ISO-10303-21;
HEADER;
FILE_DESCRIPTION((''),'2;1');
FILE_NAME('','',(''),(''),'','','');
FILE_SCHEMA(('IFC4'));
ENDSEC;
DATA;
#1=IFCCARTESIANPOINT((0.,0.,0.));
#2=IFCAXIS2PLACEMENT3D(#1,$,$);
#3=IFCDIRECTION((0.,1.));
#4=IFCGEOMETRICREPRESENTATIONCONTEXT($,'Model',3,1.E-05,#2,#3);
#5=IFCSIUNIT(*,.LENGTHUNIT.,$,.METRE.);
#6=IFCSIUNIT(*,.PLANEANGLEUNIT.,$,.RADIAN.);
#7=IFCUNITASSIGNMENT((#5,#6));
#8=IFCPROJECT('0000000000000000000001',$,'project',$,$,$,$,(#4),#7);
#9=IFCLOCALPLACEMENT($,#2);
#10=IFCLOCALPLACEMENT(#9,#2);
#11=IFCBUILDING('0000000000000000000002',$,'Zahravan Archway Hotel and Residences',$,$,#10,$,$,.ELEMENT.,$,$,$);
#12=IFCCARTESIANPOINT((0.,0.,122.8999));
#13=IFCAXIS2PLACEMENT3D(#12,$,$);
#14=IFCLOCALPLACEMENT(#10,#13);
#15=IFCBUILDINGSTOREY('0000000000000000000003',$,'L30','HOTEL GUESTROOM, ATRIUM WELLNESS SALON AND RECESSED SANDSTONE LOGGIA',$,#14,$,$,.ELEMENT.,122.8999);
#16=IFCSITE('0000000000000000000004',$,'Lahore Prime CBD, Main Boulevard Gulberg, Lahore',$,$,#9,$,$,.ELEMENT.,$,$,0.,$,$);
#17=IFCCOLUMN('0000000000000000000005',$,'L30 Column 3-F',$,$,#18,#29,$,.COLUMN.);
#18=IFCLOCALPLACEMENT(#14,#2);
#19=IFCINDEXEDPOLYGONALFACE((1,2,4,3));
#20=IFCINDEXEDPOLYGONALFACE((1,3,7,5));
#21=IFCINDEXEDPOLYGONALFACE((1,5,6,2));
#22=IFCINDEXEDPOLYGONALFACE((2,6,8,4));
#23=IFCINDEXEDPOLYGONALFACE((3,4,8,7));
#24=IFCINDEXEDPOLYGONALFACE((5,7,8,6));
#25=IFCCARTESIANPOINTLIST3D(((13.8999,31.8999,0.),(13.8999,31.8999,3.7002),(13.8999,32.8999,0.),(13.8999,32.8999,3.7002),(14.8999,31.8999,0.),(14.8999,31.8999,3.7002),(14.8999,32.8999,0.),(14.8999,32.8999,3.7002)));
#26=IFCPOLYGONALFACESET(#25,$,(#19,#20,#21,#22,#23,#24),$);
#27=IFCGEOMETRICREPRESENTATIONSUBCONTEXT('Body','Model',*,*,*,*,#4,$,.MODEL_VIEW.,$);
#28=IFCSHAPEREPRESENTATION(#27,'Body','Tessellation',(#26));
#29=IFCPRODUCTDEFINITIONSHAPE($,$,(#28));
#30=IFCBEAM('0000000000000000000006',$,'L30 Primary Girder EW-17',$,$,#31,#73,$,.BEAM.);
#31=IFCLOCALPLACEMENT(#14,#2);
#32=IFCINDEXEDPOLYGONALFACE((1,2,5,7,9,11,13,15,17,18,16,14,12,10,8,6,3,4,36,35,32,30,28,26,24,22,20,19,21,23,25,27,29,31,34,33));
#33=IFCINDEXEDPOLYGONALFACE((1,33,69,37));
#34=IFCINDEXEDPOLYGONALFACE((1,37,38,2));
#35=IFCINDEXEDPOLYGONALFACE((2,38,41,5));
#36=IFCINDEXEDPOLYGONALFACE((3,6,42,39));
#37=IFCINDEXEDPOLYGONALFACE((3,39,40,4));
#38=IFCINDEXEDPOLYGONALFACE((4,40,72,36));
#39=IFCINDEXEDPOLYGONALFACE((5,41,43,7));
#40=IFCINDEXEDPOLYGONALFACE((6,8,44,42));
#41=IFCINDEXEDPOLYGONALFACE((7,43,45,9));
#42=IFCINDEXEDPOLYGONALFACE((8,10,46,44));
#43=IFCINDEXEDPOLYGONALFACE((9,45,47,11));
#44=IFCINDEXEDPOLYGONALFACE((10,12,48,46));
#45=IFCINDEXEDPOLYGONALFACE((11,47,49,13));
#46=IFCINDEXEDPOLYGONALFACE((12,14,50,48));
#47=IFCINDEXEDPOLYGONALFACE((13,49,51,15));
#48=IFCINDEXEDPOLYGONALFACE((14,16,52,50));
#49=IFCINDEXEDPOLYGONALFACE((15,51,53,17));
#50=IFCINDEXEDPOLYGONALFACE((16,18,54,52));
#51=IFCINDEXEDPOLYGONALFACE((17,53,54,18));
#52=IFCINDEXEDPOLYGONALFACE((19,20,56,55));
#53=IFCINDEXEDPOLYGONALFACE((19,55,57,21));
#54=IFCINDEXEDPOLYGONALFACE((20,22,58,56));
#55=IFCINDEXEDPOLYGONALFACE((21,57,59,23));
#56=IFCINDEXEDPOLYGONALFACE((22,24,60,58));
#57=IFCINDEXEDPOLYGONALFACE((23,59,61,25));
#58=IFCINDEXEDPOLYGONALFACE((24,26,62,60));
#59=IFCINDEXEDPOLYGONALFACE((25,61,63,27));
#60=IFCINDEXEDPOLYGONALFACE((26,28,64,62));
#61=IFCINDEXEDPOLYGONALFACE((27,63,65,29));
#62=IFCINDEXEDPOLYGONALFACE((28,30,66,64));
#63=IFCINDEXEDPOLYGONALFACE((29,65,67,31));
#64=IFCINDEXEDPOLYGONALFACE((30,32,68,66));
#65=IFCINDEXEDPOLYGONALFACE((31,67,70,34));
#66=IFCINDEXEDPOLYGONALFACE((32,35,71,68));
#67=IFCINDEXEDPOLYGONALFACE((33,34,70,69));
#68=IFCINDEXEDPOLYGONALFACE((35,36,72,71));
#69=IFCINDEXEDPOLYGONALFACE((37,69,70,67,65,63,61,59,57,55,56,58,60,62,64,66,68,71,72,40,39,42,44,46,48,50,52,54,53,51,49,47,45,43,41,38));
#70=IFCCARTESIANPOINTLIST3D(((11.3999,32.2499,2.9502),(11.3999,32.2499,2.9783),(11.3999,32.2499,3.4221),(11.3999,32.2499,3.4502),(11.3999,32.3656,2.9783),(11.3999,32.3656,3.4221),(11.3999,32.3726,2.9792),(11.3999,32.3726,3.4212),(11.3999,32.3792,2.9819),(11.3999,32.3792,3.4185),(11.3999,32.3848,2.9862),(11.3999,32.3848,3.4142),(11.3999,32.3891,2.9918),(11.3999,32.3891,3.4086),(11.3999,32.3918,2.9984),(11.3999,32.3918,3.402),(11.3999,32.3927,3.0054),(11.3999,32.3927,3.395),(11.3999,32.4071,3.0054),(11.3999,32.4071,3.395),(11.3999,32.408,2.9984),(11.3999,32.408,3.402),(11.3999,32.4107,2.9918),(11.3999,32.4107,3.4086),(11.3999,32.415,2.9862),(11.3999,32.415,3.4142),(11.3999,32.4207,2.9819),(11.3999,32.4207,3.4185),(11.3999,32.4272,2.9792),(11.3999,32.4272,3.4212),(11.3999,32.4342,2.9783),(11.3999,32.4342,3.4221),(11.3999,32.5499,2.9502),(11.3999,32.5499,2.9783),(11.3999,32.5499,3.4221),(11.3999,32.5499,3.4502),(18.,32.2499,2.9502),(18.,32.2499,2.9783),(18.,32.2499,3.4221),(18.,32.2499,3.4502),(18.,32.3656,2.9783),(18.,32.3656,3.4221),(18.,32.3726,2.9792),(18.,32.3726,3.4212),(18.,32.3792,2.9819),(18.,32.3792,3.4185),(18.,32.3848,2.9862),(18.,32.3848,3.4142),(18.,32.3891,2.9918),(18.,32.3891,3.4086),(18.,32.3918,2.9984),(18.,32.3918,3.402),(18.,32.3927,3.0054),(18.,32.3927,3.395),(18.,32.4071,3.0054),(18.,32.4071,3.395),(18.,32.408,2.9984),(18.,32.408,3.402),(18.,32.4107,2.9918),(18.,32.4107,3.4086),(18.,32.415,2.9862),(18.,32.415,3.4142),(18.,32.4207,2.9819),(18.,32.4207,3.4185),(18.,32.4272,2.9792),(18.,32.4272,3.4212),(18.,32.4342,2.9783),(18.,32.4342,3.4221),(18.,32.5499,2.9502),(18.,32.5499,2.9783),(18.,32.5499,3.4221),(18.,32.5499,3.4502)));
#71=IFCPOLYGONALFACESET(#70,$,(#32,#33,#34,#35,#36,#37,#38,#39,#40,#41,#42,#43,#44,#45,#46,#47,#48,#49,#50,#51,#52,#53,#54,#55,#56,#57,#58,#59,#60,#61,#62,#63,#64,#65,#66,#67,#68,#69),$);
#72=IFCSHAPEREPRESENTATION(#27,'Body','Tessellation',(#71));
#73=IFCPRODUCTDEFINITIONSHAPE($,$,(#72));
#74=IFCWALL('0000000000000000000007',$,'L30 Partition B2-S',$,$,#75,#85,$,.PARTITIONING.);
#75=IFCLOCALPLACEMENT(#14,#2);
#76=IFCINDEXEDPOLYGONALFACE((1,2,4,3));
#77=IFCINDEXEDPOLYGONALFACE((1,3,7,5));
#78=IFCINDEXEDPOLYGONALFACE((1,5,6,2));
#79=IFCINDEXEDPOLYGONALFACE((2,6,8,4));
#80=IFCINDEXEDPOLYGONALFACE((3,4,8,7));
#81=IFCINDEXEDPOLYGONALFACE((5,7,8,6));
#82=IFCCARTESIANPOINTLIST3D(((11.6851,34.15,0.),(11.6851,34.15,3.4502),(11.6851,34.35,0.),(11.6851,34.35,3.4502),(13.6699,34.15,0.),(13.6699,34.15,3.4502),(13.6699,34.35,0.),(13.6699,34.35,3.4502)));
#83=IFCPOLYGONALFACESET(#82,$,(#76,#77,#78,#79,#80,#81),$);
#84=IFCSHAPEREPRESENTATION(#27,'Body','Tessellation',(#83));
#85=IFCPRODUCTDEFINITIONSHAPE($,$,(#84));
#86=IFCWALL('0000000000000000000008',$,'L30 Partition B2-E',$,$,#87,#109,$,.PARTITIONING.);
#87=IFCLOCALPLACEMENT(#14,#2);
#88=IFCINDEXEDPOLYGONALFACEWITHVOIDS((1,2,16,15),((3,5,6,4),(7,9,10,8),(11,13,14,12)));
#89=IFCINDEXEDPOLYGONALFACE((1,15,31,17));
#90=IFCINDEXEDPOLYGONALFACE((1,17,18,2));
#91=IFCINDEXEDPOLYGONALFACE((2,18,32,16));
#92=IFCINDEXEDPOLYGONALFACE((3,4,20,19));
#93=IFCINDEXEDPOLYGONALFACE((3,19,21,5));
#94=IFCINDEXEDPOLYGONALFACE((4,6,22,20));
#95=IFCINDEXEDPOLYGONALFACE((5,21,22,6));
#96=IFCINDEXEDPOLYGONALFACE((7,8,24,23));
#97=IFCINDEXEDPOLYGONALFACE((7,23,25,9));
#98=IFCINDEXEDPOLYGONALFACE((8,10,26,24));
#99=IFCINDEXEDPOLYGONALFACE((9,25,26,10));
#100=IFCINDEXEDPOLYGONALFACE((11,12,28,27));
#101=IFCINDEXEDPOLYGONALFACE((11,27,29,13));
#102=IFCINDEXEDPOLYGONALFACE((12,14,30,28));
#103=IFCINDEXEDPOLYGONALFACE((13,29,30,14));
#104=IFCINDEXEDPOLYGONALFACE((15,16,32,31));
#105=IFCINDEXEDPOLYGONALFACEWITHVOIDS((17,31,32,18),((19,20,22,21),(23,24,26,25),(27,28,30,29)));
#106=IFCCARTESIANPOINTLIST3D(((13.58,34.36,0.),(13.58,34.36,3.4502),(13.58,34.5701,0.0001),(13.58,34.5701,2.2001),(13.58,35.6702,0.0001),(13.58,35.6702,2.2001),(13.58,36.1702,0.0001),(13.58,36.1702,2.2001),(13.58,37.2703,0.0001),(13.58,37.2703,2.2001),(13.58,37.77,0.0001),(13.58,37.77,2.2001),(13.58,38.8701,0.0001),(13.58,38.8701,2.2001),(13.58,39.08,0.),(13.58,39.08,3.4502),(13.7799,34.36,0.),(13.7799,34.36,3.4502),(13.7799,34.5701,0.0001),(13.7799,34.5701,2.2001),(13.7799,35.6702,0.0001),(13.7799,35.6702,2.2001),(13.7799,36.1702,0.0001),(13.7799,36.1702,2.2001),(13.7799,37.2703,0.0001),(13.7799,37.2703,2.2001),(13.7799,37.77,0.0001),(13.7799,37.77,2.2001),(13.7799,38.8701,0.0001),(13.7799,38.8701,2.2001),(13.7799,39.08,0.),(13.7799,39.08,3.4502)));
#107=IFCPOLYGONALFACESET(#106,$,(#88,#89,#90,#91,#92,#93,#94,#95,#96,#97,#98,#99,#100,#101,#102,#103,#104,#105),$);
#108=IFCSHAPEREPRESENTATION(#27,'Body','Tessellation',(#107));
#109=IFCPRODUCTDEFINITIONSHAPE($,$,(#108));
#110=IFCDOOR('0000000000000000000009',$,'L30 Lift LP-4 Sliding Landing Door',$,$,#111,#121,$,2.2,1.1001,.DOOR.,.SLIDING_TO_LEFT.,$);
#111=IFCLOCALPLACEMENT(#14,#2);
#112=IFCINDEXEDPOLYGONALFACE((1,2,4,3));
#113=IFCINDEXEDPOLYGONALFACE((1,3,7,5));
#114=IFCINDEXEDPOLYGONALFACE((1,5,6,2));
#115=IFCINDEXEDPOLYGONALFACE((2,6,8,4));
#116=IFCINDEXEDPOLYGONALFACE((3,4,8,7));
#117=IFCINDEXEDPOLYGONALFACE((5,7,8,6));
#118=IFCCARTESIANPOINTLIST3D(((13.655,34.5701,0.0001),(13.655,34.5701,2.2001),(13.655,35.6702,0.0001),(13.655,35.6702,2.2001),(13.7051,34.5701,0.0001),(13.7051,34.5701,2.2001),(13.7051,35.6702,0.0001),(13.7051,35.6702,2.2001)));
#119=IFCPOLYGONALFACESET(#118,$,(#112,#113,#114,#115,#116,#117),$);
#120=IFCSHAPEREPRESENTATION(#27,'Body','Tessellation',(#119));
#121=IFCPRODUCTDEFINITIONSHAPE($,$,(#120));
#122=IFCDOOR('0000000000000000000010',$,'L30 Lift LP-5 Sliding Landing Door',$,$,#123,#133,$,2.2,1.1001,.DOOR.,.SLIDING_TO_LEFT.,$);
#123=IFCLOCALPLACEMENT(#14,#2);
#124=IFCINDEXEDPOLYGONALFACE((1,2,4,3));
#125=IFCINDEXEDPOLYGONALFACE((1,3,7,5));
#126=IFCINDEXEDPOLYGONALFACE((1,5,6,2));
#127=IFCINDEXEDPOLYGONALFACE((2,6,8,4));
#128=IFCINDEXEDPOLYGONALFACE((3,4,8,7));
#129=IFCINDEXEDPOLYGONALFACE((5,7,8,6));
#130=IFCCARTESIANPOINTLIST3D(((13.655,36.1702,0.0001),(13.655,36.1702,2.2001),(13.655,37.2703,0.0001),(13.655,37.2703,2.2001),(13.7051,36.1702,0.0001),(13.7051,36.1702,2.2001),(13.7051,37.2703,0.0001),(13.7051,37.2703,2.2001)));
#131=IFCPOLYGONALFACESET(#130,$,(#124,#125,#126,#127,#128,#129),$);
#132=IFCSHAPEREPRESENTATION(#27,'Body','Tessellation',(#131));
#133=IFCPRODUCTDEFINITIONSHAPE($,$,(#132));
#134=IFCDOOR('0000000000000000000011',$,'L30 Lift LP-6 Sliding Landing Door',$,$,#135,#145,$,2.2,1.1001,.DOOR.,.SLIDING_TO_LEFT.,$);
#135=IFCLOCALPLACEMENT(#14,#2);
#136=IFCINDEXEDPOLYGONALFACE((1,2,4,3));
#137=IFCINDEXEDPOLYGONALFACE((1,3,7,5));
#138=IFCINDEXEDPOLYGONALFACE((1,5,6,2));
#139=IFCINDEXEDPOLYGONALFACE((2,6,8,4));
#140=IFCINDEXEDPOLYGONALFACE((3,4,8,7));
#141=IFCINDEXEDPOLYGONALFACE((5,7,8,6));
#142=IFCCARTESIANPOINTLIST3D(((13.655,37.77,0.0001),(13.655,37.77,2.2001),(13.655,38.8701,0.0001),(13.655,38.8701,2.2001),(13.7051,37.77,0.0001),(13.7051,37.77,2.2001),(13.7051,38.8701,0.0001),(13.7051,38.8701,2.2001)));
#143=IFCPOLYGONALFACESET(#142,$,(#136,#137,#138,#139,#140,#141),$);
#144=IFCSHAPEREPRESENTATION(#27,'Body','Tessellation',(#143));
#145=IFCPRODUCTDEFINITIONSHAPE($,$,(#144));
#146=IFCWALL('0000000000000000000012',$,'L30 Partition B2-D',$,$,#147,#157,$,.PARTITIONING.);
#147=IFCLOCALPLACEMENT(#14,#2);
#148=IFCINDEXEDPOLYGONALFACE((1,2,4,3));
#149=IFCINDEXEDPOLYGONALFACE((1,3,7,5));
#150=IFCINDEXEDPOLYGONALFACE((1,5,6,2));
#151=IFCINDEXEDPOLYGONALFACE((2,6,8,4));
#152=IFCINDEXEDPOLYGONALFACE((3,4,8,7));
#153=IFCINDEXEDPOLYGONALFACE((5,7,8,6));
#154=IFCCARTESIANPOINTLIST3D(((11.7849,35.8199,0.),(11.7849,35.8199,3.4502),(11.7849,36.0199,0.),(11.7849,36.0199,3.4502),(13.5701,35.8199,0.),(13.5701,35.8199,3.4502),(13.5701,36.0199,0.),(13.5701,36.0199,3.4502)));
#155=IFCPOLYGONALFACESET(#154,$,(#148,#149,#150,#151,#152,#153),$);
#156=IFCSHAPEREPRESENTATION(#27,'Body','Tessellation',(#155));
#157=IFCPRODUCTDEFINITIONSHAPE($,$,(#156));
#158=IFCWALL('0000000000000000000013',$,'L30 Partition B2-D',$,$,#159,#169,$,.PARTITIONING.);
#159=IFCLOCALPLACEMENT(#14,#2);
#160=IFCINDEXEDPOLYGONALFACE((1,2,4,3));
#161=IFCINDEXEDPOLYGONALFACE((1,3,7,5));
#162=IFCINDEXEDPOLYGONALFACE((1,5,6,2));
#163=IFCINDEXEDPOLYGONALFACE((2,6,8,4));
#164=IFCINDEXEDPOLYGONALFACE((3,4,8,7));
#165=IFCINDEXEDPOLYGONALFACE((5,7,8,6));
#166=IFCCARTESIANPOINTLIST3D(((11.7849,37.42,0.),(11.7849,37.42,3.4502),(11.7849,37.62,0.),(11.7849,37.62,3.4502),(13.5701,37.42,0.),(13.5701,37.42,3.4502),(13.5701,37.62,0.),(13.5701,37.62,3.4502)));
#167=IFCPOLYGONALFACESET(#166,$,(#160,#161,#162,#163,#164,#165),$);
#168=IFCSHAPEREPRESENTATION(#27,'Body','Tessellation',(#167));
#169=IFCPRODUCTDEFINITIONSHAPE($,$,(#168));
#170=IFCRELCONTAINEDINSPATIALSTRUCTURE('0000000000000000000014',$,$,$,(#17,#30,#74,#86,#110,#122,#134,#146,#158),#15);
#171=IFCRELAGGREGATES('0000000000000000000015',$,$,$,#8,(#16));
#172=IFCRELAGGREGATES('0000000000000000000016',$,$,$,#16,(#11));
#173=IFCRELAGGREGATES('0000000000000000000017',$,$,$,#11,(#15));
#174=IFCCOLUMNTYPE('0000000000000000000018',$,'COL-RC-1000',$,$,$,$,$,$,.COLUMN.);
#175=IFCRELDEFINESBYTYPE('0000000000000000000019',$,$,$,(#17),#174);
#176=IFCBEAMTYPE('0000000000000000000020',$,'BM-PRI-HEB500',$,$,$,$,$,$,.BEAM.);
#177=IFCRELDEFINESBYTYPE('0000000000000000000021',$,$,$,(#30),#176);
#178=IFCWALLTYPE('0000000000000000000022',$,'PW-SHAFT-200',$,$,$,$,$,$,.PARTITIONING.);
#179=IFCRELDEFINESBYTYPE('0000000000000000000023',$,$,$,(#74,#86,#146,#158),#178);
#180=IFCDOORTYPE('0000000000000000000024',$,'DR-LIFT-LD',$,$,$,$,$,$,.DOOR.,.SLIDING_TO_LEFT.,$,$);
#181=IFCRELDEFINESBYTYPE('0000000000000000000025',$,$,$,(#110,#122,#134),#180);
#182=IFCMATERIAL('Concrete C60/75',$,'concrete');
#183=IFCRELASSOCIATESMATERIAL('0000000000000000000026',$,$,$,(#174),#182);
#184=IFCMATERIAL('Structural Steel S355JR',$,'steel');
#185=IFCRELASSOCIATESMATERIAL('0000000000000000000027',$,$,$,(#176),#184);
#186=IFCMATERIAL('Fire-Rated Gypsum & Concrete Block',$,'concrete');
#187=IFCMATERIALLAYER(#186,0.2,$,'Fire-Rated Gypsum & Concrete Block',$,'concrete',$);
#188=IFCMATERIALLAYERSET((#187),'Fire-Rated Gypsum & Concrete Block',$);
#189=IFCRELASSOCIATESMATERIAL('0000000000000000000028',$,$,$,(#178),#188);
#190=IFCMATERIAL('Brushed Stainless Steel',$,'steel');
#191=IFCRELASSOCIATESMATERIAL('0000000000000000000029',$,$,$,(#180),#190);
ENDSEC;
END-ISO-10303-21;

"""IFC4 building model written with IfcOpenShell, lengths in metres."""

from ifc_helpers import new_model, si_unit, direction, frame, frame_2d, origin, origin_2d, place, context, subcontext, project, spatial, rectangle, i_section, extrude, source, transform, mapped, material, layer, layer_set, material_profile, profile_set, type_object, type_shapes, element, fill, save


model = new_model("IFC4")

# Units and contexts
model_context = context("Model", 3, precision=1e-05, world=origin(), true_north=direction((0.0, 1.0)))
body_context = subcontext(model_context, "Body", "Model", "MODEL_VIEW")
ifc_project = project(units=[si_unit("LENGTHUNIT", "METRE"), si_unit("PLANEANGLEUNIT", "RADIAN")], contexts=[model_context])

# Site, building, storey
site_placement = place(None, origin())
site = spatial("IfcSite", under=ifc_project, at=site_placement, Name="Lahore Prime CBD, Main Boulevard Gulberg, Lahore", CompositionType="ELEMENT", RefElevation=0.0)
building_placement = place(site_placement, origin())
building = spatial("IfcBuilding", under=site, at=building_placement, Name="Zahravan Archway Hotel and Residences", CompositionType="ELEMENT")
storey_placement = place(building_placement, frame((0.0, 0.0, 122.8999)))
storey = spatial("IfcBuildingStorey", under=building, at=storey_placement, Name="L30", Description="HOTEL GUESTROOM, ATRIUM WELLNESS SALON AND RECESSED SANDSTONE LOGGIA", CompositionType="ELEMENT", Elevation=122.8999)

# Column
ifc_material_1 = material(Name="Concrete C60/75", Category="concrete")
ifc_material_profile_1 = material_profile(ifc_material_1, rectangle(XDim=1.0, YDim=1.0, at=origin_2d()), Name="RC-COL-1000x1000", Category="concrete")
ifc_profile_set_1 = profile_set([ifc_material_profile_1], Name="Concrete C60/75")
column_type = type_object("IfcColumnType", Name="COL-RC-1000", PredefinedType="COLUMN", material=ifc_profile_set_1)
shared_shape_1 = source(origin(), body_context, "Body", "SweptSolid", [
    extrude(rectangle(XDim=1.0, YDim=1.0, at=origin_2d()), origin(), (0.0, 0.0, 1.0), 3.7002),
])
column_placement = place(storey_placement, frame((14.3999, 32.3999, 0.0), z_axis=(0.0, 0.0, 1.0), x_axis=(1.0, 0.0, 0.0)))
element("IfcColumn", 1, at=column_placement, inside=storey, type_object=column_type, Name="L30 Column 3-F", PredefinedType="COLUMN", context=body_context, shape_type="MappedRepresentation", body=[
    mapped(shared_shape_1, transform((0.0, 0.0, 0.0), scale=1.0)),
])

# Beam
ifc_material_2 = material(Name="Structural Steel S355JR", Category="steel")
ifc_material_profile_2 = material_profile(ifc_material_2, i_section(OverallWidth=0.3, OverallDepth=0.5, WebThickness=0.0144, FlangeThickness=0.0281, FilletRadius=0.0271, at=origin_2d()), Name="HEB 500", Category="steel")
ifc_profile_set_2 = profile_set([ifc_material_profile_2], Name="Structural Steel S355JR")
beam_type = type_object("IfcBeamType", Name="BM-PRI-HEB500", PredefinedType="BEAM", material=ifc_profile_set_2)
shared_shape_2 = source(origin(), body_context, "Body", "SweptSolid", [
    extrude(i_section(OverallWidth=0.3, OverallDepth=0.5, WebThickness=0.0144, FlangeThickness=0.0281, FilletRadius=0.0271, at=origin_2d()), origin(), (0.0, 0.0, 1.0), 6.6001),
])
beam_placement = place(storey_placement, frame((11.3999, 32.3999, 3.2002), z_axis=(1.0, 0.0, 0.0), x_axis=(0.0, 1.0, 0.0)))
element("IfcBeam", 2, at=beam_placement, inside=storey, type_object=beam_type, Name="L30 Primary Girder EW-17", PredefinedType="BEAM", context=body_context, shape_type="MappedRepresentation", body=[
    mapped(shared_shape_2, transform((0.0, 0.0, 0.0), scale=1.0)),
])

# Wall
ifc_material_3 = material(Name="Fire-Rated Gypsum & Concrete Block", Category="concrete")
ifc_layer_1 = layer(ifc_material_3, 0.2, Name="Fire-Rated Gypsum & Concrete Block", Category="concrete")
ifc_layer_set_1 = layer_set([ifc_layer_1], Name="Fire-Rated Gypsum & Concrete Block")
wall_type_1 = type_object("IfcWallType", Name="PW-SHAFT-200", PredefinedType="PARTITIONING", material=ifc_layer_set_1)
wall_1_placement = place(storey_placement, frame((11.6851, 34.25, 0.0), z_axis=(0.0, 0.0, 1.0), x_axis=(1.0, 0.0, 0.0)))
element("IfcWall", 3, at=wall_1_placement, inside=storey, type_object=wall_type_1, Name="L30 Partition B2-S", PredefinedType="PARTITIONING", context=body_context, shape_type="SweptSolid", body=[
    extrude(rectangle(XDim=1.9849, YDim=0.2, at=frame_2d((0.9924, 0.0))), origin(), (0.0, 0.0, 1.0), 3.4502),
])

# Wall, openings, doors
wall_2_placement = place(storey_placement, frame((13.6799, 34.3601, 0.0), z_axis=(0.0, 0.0, 1.0), x_axis=(0.0, 1.0, 0.0)))
wall_2 = element("IfcWall", 4, at=wall_2_placement, inside=storey, type_object=wall_type_1, Name="L30 Partition B2-E", PredefinedType="PARTITIONING", context=body_context, shape_type="SweptSolid", body=[
    extrude(rectangle(XDim=4.72, YDim=0.2, at=frame_2d((2.3599, 0.0))), origin(), (0.0, 0.0, 1.0), 3.4502),
])
opening_1_placement = place(wall_2_placement, frame((0.21, 0.0, 0.0)))
opening_1 = element("IfcOpeningElement", 5, at=opening_1_placement, cuts=wall_2, PredefinedType="OPENING", context=body_context, shape_type="SweptSolid", body=[
    extrude(rectangle(XDim=1.1001, YDim=2.2, at=frame_2d((0.55, 1.1001))), frame((0.0, 0.1099, 0.0), z_axis=(0.0, -1.0, 0.0), x_axis=(1.0, 0.0, 0.0)), (0.0, 0.0, 1.0), 0.22),
])
opening_2_placement = place(wall_2_placement, frame((1.8101, 0.0, 0.0)))
opening_2 = element("IfcOpeningElement", 6, at=opening_2_placement, cuts=wall_2, PredefinedType="OPENING", context=body_context, shape_type="SweptSolid", body=[
    extrude(rectangle(XDim=1.1001, YDim=2.2, at=frame_2d((0.55, 1.1001))), frame((0.0, 0.1099, 0.0), z_axis=(0.0, -1.0, 0.0), x_axis=(1.0, 0.0, 0.0)), (0.0, 0.0, 1.0), 0.22),
])
opening_3_placement = place(wall_2_placement, frame((3.4099, 0.0, 0.0)))
opening_3 = element("IfcOpeningElement", 7, at=opening_3_placement, cuts=wall_2, PredefinedType="OPENING", context=body_context, shape_type="SweptSolid", body=[
    extrude(rectangle(XDim=1.1001, YDim=2.2, at=frame_2d((0.55, 1.1001))), frame((0.0, 0.1099, 0.0), z_axis=(0.0, -1.0, 0.0), x_axis=(1.0, 0.0, 0.0)), (0.0, 0.0, 1.0), 0.22),
])
ifc_material_4 = material(Name="Brushed Stainless Steel", Category="steel")
door_type_1 = type_object("IfcDoorType", Name="DR-LIFT-LD", OperationType="SLIDING_TO_LEFT", PredefinedType="DOOR", material=ifc_material_4)
shared_shape_3 = source(origin(), body_context, "Body", "SweptSolid", [
    extrude(rectangle(XDim=1.1001, YDim=2.2, at=frame_2d((0.55, 1.1001))), frame((0.0, 0.0249, 0.0), z_axis=(0.0, -1.0, 0.0), x_axis=(1.0, 0.0, 0.0)), (0.0, 0.0, 1.0), 0.05),
])
type_shapes(door_type_1, [shared_shape_3])
door_1_placement = place(opening_1_placement, origin())
door_1 = element("IfcDoor", 8, at=door_1_placement, inside=storey, type_object=door_type_1, Name="L30 Lift LP-4 Sliding Landing Door", OperationType="SLIDING_TO_LEFT", OverallHeight=2.2, OverallWidth=1.1001, PredefinedType="DOOR", context=body_context, shape_type="MappedRepresentation", body=[
    mapped(shared_shape_3, transform((0.0, 0.0, 0.0), scale=1.0)),
])
fill(opening_1, door_1)
door_2_placement = place(opening_2_placement, origin())
door_2 = element("IfcDoor", 9, at=door_2_placement, inside=storey, type_object=door_type_1, Name="L30 Lift LP-5 Sliding Landing Door", OperationType="SLIDING_TO_LEFT", OverallHeight=2.2, OverallWidth=1.1001, PredefinedType="DOOR", context=body_context, shape_type="MappedRepresentation", body=[
    mapped(shared_shape_3, transform((0.0, 0.0, 0.0), scale=1.0)),
])
fill(opening_2, door_2)
door_3_placement = place(opening_3_placement, origin())
door_3 = element("IfcDoor", 10, at=door_3_placement, inside=storey, type_object=door_type_1, Name="L30 Lift LP-6 Sliding Landing Door", OperationType="SLIDING_TO_LEFT", OverallHeight=2.2, OverallWidth=1.1001, PredefinedType="DOOR", context=body_context, shape_type="MappedRepresentation", body=[
    mapped(shared_shape_3, transform((0.0, 0.0, 0.0), scale=1.0)),
])
fill(opening_3, door_3)

# Walls
for number, where, z_axis, x_axis, name in (
    (11, (11.7849, 35.9199, 0.0), (0.0, 0.0, 1.0), (1.0, 0.0, 0.0), "L30 Partition B2-D"),
    (12, (11.7849, 37.52, 0.0), (0.0, 0.0, 1.0), (1.0, 0.0, 0.0), "L30 Partition B2-D"),
):
    element("IfcWall", number, at=place(storey_placement, frame(where, z_axis=z_axis, x_axis=x_axis)), inside=storey, type_object=wall_type_1, Name=name, PredefinedType="PARTITIONING", context=body_context, shape_type="SweptSolid", body=[
        extrude(rectangle(XDim=1.7852, YDim=0.2, at=frame_2d((0.8926, 0.0))), origin(), (0.0, 0.0, 1.0), 3.4502),
    ])

save(model, "model.ifc")
